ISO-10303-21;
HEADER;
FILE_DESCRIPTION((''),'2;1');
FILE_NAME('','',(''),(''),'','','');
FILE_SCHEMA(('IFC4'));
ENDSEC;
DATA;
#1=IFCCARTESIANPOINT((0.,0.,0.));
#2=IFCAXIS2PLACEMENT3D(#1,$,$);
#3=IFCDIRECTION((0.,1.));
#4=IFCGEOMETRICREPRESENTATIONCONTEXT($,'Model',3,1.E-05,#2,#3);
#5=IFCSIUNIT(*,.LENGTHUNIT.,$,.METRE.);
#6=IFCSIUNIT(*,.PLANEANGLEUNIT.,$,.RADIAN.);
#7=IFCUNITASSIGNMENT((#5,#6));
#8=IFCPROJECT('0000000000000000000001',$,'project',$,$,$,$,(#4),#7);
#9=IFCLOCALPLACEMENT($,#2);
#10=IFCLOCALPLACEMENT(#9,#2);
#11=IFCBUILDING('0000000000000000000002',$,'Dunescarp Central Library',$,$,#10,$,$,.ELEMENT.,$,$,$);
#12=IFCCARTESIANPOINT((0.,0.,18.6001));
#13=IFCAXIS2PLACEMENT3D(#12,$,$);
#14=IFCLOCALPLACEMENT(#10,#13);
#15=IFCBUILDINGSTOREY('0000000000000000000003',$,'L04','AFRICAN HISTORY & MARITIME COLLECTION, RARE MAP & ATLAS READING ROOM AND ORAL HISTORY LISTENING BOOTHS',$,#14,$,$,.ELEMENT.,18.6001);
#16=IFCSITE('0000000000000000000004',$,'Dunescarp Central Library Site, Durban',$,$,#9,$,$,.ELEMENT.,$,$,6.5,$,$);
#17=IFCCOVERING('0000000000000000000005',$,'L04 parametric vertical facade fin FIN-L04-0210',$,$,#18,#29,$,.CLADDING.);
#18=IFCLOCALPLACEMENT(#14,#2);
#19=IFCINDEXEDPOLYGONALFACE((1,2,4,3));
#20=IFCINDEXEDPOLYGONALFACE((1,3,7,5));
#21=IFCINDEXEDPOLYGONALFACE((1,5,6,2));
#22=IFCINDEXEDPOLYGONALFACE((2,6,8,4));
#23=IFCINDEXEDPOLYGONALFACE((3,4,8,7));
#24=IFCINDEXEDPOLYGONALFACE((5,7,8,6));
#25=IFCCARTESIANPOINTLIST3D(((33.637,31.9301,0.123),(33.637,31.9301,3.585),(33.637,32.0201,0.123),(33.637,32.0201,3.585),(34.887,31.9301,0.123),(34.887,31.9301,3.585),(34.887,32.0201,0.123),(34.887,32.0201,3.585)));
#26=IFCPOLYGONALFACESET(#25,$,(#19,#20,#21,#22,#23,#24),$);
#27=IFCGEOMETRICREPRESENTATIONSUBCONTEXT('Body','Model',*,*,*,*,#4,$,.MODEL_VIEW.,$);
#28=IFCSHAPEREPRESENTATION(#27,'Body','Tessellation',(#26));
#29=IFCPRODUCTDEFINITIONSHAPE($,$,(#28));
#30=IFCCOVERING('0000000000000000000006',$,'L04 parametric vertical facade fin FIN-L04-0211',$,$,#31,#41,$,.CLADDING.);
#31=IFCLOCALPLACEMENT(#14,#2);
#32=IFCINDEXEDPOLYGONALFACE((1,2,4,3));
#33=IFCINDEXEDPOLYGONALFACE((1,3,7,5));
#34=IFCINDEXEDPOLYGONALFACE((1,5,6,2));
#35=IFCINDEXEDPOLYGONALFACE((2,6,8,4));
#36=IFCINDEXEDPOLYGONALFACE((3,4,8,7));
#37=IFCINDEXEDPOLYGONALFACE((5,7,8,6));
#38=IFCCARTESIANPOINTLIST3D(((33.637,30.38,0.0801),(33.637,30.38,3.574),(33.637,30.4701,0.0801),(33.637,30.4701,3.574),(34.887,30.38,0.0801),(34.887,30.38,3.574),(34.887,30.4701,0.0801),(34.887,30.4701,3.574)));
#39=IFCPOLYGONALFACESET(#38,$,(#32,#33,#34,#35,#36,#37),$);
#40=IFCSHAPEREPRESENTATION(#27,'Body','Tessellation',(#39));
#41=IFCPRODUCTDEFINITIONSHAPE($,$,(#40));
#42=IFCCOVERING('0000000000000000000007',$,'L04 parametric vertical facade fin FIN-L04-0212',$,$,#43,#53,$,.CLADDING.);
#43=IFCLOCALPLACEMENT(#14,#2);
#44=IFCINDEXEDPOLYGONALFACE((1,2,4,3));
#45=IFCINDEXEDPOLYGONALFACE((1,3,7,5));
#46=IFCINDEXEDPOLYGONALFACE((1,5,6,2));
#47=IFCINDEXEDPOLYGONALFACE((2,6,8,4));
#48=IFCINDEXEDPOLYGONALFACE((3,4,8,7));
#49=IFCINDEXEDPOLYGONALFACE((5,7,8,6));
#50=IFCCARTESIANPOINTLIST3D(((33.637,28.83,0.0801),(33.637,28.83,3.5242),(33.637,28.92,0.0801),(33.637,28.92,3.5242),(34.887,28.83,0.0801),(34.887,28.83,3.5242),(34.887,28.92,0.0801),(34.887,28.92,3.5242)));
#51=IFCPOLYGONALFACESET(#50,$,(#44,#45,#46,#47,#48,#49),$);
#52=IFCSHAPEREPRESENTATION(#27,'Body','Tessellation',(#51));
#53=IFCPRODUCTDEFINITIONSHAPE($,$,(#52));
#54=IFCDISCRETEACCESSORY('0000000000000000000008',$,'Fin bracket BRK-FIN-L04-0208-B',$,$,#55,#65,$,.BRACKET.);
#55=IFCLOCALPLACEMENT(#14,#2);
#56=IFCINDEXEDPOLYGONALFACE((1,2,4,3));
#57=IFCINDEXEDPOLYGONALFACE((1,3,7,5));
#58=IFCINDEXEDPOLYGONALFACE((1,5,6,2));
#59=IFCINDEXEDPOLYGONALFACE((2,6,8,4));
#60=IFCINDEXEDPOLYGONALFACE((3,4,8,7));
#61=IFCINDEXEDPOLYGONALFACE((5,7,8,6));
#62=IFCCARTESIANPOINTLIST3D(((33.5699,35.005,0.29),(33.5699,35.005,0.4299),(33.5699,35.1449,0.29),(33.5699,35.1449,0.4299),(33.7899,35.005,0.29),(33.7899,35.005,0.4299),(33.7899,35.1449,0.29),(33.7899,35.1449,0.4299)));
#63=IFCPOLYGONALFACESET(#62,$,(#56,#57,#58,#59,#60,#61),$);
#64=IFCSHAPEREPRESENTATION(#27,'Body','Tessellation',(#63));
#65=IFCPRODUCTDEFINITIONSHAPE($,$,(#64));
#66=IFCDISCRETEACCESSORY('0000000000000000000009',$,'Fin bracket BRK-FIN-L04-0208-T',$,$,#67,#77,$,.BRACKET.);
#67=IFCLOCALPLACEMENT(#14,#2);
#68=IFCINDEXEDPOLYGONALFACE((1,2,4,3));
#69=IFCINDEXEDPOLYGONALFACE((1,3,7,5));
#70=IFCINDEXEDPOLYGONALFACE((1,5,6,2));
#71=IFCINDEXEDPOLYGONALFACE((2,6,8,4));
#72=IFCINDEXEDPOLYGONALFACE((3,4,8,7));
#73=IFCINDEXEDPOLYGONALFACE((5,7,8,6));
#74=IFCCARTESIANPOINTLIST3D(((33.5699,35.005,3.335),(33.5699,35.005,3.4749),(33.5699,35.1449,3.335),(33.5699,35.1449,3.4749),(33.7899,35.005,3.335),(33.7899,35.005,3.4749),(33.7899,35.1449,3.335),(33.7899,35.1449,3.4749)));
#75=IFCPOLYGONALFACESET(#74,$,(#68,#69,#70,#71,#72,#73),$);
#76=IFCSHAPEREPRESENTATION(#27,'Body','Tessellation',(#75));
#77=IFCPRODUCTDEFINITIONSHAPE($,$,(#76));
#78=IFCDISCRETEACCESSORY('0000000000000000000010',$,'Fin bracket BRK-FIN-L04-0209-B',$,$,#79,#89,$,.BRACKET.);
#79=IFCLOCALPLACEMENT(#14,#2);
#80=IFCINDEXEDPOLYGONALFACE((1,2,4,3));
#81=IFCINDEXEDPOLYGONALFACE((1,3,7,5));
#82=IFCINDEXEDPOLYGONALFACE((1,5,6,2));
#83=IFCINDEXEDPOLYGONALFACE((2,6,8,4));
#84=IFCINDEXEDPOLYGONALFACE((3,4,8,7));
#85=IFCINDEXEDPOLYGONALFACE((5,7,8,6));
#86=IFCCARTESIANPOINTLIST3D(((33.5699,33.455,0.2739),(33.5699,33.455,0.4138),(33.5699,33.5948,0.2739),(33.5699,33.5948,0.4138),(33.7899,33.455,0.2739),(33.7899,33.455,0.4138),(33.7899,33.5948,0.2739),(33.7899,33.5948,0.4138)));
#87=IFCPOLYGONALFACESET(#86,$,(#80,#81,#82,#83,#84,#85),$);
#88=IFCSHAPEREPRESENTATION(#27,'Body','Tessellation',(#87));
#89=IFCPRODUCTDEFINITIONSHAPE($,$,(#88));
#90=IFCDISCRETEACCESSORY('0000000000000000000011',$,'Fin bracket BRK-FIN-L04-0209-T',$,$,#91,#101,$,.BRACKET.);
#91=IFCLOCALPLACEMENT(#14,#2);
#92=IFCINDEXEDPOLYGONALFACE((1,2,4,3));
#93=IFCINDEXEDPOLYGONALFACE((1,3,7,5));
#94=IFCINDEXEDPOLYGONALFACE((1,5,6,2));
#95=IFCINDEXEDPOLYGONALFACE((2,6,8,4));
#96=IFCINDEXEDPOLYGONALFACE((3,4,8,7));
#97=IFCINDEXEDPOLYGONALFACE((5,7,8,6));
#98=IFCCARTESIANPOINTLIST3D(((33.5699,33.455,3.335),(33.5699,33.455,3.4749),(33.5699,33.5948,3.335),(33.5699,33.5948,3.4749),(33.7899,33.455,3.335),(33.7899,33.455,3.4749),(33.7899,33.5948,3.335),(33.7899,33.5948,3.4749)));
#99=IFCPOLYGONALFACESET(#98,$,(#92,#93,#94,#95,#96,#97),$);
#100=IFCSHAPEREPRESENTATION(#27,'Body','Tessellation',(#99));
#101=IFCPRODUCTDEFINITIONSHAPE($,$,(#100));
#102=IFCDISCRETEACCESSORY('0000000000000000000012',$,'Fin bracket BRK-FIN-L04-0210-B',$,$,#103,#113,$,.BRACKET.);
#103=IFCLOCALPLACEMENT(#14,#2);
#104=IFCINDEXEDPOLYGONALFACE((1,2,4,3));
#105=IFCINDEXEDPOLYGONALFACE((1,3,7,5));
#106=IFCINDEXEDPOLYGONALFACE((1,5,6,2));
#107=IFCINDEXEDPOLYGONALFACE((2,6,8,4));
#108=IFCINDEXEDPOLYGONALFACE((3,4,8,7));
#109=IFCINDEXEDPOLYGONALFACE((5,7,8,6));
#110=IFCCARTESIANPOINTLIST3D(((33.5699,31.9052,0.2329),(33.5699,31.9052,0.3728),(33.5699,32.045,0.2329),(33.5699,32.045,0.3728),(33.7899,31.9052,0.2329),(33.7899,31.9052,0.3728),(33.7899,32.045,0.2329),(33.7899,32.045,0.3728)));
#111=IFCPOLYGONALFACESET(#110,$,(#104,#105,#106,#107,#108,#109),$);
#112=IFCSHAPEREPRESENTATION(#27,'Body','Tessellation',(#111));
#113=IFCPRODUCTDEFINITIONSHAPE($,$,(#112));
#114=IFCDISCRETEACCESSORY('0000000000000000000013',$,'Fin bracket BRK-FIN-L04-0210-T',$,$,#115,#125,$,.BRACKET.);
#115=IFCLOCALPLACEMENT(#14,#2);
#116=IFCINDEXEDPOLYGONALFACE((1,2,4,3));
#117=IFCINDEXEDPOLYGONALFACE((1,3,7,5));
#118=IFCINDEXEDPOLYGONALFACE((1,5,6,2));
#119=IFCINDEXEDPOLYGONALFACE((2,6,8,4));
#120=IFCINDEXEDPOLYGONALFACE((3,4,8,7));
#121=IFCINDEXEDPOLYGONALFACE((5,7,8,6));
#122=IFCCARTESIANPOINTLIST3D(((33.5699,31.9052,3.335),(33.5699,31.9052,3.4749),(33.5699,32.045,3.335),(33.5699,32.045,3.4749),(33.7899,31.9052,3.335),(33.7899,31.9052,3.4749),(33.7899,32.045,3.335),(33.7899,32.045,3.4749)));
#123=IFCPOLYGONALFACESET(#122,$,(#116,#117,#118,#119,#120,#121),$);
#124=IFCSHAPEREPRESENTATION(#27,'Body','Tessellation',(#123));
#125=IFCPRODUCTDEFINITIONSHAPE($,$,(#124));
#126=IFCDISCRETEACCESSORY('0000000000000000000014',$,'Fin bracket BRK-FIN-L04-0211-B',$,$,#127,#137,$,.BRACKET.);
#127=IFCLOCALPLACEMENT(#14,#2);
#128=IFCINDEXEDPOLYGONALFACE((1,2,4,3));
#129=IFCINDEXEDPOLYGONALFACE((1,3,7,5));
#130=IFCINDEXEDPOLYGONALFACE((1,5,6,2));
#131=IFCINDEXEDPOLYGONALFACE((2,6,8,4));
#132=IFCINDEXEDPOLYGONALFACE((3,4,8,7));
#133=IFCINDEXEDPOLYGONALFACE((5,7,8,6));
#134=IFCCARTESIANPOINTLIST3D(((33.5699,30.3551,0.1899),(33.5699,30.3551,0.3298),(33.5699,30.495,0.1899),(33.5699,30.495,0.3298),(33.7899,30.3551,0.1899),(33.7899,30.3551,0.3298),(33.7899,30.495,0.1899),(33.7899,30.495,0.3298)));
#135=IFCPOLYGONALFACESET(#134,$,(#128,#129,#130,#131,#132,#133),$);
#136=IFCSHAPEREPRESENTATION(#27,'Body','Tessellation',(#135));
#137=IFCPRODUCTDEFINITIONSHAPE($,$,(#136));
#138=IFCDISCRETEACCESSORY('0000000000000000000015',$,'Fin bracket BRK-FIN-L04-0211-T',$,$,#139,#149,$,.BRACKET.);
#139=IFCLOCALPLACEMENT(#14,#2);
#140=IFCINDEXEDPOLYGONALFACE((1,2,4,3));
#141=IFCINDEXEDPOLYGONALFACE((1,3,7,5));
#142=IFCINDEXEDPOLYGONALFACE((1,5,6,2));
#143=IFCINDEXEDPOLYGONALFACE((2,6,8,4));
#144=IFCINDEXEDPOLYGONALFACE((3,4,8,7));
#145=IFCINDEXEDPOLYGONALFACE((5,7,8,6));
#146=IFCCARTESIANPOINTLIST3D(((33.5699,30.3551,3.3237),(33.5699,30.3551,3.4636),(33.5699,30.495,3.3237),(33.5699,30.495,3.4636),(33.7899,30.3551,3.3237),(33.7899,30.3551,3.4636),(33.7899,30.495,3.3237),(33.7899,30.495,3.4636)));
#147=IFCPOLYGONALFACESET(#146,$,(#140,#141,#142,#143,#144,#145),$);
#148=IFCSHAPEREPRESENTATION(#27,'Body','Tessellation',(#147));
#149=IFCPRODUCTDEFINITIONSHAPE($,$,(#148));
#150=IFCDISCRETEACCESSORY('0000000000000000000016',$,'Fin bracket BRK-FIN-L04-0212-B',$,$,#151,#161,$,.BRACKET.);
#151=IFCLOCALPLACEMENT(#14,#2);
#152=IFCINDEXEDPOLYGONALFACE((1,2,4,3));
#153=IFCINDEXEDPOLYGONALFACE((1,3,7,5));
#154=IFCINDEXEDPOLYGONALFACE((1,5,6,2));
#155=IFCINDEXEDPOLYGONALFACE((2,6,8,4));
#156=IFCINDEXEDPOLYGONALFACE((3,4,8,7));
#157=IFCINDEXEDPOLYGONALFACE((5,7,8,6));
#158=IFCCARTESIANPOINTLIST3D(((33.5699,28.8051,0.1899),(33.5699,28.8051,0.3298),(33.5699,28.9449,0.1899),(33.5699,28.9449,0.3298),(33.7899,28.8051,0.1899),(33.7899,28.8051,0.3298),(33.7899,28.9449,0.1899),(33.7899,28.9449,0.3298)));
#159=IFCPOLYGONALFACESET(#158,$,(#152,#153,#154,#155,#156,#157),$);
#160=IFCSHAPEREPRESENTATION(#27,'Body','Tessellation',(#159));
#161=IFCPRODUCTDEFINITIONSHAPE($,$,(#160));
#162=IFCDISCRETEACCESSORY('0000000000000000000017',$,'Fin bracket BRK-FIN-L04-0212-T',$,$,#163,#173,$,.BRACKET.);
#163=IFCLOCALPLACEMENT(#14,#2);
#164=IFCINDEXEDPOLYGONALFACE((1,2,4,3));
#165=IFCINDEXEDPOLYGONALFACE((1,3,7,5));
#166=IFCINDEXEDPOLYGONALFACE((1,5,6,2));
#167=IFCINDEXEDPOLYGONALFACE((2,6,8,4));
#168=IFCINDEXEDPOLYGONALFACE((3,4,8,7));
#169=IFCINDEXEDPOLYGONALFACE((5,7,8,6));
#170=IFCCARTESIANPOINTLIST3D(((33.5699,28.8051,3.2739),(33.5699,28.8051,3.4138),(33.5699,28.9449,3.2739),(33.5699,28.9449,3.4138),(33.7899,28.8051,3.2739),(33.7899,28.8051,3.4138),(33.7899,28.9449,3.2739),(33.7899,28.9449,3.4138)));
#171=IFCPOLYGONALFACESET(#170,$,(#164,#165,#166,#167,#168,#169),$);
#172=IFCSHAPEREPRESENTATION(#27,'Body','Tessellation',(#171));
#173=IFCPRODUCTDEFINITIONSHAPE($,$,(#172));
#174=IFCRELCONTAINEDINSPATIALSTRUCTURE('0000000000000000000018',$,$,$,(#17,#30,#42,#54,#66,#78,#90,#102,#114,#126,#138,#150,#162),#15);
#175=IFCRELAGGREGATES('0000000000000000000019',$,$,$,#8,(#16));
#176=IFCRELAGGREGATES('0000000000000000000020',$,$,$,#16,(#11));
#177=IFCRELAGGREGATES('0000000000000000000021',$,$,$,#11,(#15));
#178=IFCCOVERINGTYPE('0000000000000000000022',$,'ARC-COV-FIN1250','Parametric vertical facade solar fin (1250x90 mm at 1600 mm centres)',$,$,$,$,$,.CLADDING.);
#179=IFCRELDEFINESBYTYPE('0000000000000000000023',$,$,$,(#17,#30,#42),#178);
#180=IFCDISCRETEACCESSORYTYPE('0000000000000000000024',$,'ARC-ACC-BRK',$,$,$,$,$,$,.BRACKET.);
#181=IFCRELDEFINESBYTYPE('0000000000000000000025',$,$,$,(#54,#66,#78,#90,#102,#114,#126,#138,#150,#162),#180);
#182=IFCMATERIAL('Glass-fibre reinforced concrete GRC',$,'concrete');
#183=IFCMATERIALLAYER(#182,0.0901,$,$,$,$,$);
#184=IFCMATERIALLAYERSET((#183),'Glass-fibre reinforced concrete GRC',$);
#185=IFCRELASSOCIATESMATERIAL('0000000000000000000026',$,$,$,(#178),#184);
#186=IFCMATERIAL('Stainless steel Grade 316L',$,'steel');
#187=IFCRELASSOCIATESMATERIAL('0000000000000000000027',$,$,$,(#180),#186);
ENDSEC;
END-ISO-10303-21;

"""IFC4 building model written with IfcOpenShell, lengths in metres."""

from ifc_helpers import new_model, si_unit, direction, frame, origin, origin_2d, place, context, subcontext, project, spatial, rectangle, extrude, material, layer, layer_set, type_object, element, save


model = new_model("IFC4")

# Units and contexts
model_context = context("Model", 3, precision=1e-05, world=origin(), true_north=direction((0.0, 1.0)))
body_context = subcontext(model_context, "Body", "Model", "MODEL_VIEW")
ifc_project = project(units=[si_unit("LENGTHUNIT", "METRE"), si_unit("PLANEANGLEUNIT", "RADIAN")], contexts=[model_context])

# Site, building, storey
site_placement = place(None, origin())
site = spatial("IfcSite", under=ifc_project, at=site_placement, Name="Dunescarp Central Library Site, Durban", CompositionType="ELEMENT", RefElevation=6.5)
building_placement = place(site_placement, origin())
building = spatial("IfcBuilding", under=site, at=building_placement, Name="Dunescarp Central Library", CompositionType="ELEMENT")
storey_placement = place(building_placement, frame((0.0, 0.0, 18.6001)))
storey = spatial("IfcBuildingStorey", under=building, at=storey_placement, Name="L04", Description="AFRICAN HISTORY & MARITIME COLLECTION, RARE MAP & ATLAS READING ROOM AND ORAL HISTORY LISTENING BOOTHS", CompositionType="ELEMENT", Elevation=18.6001)

# Coverings
ifc_material_1 = material(Name="Glass-fibre reinforced concrete GRC", Category="concrete")
ifc_layer_1 = layer(ifc_material_1, 0.0901)
ifc_layer_set_1 = layer_set([ifc_layer_1], Name="Glass-fibre reinforced concrete GRC")
covering_type = type_object("IfcCoveringType", Name="ARC-COV-FIN1250", Description="Parametric vertical facade solar fin (1250x90 mm at 1600 mm centres)", PredefinedType="CLADDING", material=ifc_layer_set_1)
covering_1_placement = place(storey_placement, frame((34.262, 31.9751, 0.123), z_axis=(0.0, 0.0, 1.0), x_axis=(1.0, 0.0, 0.0)))
element("IfcCovering", 1, at=covering_1_placement, inside=storey, type_object=covering_type, Name="L04 parametric vertical facade fin FIN-L04-0210", PredefinedType="CLADDING", context=body_context, shape_type="SweptSolid", body=[
    extrude(rectangle(XDim=1.25, YDim=0.0901, at=origin_2d()), origin(), (0.0, 0.0, 1.0), 3.4619),
])
covering_2_placement = place(storey_placement, frame((34.262, 30.425, 0.0801), z_axis=(0.0, 0.0, 1.0), x_axis=(1.0, 0.0, 0.0)))
element("IfcCovering", 2, at=covering_2_placement, inside=storey, type_object=covering_type, Name="L04 parametric vertical facade fin FIN-L04-0211", PredefinedType="CLADDING", context=body_context, shape_type="SweptSolid", body=[
    extrude(rectangle(XDim=1.25, YDim=0.0901, at=origin_2d()), origin(), (0.0, 0.0, 1.0), 3.4939),
])
covering_3_placement = place(storey_placement, frame((34.262, 28.875, 0.0801), z_axis=(0.0, 0.0, 1.0), x_axis=(1.0, 0.0, 0.0)))
element("IfcCovering", 3, at=covering_3_placement, inside=storey, type_object=covering_type, Name="L04 parametric vertical facade fin FIN-L04-0212", PredefinedType="CLADDING", context=body_context, shape_type="SweptSolid", body=[
    extrude(rectangle(XDim=1.25, YDim=0.0901, at=origin_2d()), origin(), (0.0, 0.0, 1.0), 3.4441),
])

# Discrete accessories
ifc_material_2 = material(Name="Stainless steel Grade 316L", Category="steel")
discrete_accessory_type = type_object("IfcDiscreteAccessoryType", Name="ARC-ACC-BRK", PredefinedType="BRACKET", material=ifc_material_2)
for number, where, z_axis, x_axis, name in (
    (4, (33.6799, 35.075, 0.29), (0.0, 0.0, 1.0), (1.0, 0.0, 0.0), "Fin bracket BRK-FIN-L04-0208-B"),
    (5, (33.6799, 35.075, 3.335), (0.0, 0.0, 1.0), (1.0, 0.0, 0.0), "Fin bracket BRK-FIN-L04-0208-T"),
    (6, (33.6799, 33.5249, 0.2739), (0.0, 0.0, 1.0), (1.0, 0.0, 0.0), "Fin bracket BRK-FIN-L04-0209-B"),
    (7, (33.6799, 33.5249, 3.335), (0.0, 0.0, 1.0), (1.0, 0.0, 0.0), "Fin bracket BRK-FIN-L04-0209-T"),
    (8, (33.6799, 31.9751, 0.2329), (0.0, 0.0, 1.0), (1.0, 0.0, 0.0), "Fin bracket BRK-FIN-L04-0210-B"),
    (9, (33.6799, 31.9751, 3.335), (0.0, 0.0, 1.0), (1.0, 0.0, 0.0), "Fin bracket BRK-FIN-L04-0210-T"),
    (10, (33.6799, 30.425, 0.1899), (0.0, 0.0, 1.0), (1.0, 0.0, 0.0), "Fin bracket BRK-FIN-L04-0211-B"),
    (11, (33.6799, 30.425, 3.3237), (0.0, 0.0, 1.0), (1.0, 0.0, 0.0), "Fin bracket BRK-FIN-L04-0211-T"),
    (12, (33.6799, 28.875, 0.1899), (0.0, 0.0, 1.0), (1.0, 0.0, 0.0), "Fin bracket BRK-FIN-L04-0212-B"),
    (13, (33.6799, 28.875, 3.2739), (0.0, 0.0, 1.0), (1.0, 0.0, 0.0), "Fin bracket BRK-FIN-L04-0212-T"),
):
    element("IfcDiscreteAccessory", number, at=place(storey_placement, frame(where, z_axis=z_axis, x_axis=x_axis)), inside=storey, type_object=discrete_accessory_type, Name=name, PredefinedType="BRACKET", context=body_context, shape_type="SweptSolid", body=[
        extrude(rectangle(XDim=0.22, YDim=0.1399, at=origin_2d()), origin(), (0.0, 0.0, 1.0), 0.1399),
    ])

save(model, "model.ifc")
